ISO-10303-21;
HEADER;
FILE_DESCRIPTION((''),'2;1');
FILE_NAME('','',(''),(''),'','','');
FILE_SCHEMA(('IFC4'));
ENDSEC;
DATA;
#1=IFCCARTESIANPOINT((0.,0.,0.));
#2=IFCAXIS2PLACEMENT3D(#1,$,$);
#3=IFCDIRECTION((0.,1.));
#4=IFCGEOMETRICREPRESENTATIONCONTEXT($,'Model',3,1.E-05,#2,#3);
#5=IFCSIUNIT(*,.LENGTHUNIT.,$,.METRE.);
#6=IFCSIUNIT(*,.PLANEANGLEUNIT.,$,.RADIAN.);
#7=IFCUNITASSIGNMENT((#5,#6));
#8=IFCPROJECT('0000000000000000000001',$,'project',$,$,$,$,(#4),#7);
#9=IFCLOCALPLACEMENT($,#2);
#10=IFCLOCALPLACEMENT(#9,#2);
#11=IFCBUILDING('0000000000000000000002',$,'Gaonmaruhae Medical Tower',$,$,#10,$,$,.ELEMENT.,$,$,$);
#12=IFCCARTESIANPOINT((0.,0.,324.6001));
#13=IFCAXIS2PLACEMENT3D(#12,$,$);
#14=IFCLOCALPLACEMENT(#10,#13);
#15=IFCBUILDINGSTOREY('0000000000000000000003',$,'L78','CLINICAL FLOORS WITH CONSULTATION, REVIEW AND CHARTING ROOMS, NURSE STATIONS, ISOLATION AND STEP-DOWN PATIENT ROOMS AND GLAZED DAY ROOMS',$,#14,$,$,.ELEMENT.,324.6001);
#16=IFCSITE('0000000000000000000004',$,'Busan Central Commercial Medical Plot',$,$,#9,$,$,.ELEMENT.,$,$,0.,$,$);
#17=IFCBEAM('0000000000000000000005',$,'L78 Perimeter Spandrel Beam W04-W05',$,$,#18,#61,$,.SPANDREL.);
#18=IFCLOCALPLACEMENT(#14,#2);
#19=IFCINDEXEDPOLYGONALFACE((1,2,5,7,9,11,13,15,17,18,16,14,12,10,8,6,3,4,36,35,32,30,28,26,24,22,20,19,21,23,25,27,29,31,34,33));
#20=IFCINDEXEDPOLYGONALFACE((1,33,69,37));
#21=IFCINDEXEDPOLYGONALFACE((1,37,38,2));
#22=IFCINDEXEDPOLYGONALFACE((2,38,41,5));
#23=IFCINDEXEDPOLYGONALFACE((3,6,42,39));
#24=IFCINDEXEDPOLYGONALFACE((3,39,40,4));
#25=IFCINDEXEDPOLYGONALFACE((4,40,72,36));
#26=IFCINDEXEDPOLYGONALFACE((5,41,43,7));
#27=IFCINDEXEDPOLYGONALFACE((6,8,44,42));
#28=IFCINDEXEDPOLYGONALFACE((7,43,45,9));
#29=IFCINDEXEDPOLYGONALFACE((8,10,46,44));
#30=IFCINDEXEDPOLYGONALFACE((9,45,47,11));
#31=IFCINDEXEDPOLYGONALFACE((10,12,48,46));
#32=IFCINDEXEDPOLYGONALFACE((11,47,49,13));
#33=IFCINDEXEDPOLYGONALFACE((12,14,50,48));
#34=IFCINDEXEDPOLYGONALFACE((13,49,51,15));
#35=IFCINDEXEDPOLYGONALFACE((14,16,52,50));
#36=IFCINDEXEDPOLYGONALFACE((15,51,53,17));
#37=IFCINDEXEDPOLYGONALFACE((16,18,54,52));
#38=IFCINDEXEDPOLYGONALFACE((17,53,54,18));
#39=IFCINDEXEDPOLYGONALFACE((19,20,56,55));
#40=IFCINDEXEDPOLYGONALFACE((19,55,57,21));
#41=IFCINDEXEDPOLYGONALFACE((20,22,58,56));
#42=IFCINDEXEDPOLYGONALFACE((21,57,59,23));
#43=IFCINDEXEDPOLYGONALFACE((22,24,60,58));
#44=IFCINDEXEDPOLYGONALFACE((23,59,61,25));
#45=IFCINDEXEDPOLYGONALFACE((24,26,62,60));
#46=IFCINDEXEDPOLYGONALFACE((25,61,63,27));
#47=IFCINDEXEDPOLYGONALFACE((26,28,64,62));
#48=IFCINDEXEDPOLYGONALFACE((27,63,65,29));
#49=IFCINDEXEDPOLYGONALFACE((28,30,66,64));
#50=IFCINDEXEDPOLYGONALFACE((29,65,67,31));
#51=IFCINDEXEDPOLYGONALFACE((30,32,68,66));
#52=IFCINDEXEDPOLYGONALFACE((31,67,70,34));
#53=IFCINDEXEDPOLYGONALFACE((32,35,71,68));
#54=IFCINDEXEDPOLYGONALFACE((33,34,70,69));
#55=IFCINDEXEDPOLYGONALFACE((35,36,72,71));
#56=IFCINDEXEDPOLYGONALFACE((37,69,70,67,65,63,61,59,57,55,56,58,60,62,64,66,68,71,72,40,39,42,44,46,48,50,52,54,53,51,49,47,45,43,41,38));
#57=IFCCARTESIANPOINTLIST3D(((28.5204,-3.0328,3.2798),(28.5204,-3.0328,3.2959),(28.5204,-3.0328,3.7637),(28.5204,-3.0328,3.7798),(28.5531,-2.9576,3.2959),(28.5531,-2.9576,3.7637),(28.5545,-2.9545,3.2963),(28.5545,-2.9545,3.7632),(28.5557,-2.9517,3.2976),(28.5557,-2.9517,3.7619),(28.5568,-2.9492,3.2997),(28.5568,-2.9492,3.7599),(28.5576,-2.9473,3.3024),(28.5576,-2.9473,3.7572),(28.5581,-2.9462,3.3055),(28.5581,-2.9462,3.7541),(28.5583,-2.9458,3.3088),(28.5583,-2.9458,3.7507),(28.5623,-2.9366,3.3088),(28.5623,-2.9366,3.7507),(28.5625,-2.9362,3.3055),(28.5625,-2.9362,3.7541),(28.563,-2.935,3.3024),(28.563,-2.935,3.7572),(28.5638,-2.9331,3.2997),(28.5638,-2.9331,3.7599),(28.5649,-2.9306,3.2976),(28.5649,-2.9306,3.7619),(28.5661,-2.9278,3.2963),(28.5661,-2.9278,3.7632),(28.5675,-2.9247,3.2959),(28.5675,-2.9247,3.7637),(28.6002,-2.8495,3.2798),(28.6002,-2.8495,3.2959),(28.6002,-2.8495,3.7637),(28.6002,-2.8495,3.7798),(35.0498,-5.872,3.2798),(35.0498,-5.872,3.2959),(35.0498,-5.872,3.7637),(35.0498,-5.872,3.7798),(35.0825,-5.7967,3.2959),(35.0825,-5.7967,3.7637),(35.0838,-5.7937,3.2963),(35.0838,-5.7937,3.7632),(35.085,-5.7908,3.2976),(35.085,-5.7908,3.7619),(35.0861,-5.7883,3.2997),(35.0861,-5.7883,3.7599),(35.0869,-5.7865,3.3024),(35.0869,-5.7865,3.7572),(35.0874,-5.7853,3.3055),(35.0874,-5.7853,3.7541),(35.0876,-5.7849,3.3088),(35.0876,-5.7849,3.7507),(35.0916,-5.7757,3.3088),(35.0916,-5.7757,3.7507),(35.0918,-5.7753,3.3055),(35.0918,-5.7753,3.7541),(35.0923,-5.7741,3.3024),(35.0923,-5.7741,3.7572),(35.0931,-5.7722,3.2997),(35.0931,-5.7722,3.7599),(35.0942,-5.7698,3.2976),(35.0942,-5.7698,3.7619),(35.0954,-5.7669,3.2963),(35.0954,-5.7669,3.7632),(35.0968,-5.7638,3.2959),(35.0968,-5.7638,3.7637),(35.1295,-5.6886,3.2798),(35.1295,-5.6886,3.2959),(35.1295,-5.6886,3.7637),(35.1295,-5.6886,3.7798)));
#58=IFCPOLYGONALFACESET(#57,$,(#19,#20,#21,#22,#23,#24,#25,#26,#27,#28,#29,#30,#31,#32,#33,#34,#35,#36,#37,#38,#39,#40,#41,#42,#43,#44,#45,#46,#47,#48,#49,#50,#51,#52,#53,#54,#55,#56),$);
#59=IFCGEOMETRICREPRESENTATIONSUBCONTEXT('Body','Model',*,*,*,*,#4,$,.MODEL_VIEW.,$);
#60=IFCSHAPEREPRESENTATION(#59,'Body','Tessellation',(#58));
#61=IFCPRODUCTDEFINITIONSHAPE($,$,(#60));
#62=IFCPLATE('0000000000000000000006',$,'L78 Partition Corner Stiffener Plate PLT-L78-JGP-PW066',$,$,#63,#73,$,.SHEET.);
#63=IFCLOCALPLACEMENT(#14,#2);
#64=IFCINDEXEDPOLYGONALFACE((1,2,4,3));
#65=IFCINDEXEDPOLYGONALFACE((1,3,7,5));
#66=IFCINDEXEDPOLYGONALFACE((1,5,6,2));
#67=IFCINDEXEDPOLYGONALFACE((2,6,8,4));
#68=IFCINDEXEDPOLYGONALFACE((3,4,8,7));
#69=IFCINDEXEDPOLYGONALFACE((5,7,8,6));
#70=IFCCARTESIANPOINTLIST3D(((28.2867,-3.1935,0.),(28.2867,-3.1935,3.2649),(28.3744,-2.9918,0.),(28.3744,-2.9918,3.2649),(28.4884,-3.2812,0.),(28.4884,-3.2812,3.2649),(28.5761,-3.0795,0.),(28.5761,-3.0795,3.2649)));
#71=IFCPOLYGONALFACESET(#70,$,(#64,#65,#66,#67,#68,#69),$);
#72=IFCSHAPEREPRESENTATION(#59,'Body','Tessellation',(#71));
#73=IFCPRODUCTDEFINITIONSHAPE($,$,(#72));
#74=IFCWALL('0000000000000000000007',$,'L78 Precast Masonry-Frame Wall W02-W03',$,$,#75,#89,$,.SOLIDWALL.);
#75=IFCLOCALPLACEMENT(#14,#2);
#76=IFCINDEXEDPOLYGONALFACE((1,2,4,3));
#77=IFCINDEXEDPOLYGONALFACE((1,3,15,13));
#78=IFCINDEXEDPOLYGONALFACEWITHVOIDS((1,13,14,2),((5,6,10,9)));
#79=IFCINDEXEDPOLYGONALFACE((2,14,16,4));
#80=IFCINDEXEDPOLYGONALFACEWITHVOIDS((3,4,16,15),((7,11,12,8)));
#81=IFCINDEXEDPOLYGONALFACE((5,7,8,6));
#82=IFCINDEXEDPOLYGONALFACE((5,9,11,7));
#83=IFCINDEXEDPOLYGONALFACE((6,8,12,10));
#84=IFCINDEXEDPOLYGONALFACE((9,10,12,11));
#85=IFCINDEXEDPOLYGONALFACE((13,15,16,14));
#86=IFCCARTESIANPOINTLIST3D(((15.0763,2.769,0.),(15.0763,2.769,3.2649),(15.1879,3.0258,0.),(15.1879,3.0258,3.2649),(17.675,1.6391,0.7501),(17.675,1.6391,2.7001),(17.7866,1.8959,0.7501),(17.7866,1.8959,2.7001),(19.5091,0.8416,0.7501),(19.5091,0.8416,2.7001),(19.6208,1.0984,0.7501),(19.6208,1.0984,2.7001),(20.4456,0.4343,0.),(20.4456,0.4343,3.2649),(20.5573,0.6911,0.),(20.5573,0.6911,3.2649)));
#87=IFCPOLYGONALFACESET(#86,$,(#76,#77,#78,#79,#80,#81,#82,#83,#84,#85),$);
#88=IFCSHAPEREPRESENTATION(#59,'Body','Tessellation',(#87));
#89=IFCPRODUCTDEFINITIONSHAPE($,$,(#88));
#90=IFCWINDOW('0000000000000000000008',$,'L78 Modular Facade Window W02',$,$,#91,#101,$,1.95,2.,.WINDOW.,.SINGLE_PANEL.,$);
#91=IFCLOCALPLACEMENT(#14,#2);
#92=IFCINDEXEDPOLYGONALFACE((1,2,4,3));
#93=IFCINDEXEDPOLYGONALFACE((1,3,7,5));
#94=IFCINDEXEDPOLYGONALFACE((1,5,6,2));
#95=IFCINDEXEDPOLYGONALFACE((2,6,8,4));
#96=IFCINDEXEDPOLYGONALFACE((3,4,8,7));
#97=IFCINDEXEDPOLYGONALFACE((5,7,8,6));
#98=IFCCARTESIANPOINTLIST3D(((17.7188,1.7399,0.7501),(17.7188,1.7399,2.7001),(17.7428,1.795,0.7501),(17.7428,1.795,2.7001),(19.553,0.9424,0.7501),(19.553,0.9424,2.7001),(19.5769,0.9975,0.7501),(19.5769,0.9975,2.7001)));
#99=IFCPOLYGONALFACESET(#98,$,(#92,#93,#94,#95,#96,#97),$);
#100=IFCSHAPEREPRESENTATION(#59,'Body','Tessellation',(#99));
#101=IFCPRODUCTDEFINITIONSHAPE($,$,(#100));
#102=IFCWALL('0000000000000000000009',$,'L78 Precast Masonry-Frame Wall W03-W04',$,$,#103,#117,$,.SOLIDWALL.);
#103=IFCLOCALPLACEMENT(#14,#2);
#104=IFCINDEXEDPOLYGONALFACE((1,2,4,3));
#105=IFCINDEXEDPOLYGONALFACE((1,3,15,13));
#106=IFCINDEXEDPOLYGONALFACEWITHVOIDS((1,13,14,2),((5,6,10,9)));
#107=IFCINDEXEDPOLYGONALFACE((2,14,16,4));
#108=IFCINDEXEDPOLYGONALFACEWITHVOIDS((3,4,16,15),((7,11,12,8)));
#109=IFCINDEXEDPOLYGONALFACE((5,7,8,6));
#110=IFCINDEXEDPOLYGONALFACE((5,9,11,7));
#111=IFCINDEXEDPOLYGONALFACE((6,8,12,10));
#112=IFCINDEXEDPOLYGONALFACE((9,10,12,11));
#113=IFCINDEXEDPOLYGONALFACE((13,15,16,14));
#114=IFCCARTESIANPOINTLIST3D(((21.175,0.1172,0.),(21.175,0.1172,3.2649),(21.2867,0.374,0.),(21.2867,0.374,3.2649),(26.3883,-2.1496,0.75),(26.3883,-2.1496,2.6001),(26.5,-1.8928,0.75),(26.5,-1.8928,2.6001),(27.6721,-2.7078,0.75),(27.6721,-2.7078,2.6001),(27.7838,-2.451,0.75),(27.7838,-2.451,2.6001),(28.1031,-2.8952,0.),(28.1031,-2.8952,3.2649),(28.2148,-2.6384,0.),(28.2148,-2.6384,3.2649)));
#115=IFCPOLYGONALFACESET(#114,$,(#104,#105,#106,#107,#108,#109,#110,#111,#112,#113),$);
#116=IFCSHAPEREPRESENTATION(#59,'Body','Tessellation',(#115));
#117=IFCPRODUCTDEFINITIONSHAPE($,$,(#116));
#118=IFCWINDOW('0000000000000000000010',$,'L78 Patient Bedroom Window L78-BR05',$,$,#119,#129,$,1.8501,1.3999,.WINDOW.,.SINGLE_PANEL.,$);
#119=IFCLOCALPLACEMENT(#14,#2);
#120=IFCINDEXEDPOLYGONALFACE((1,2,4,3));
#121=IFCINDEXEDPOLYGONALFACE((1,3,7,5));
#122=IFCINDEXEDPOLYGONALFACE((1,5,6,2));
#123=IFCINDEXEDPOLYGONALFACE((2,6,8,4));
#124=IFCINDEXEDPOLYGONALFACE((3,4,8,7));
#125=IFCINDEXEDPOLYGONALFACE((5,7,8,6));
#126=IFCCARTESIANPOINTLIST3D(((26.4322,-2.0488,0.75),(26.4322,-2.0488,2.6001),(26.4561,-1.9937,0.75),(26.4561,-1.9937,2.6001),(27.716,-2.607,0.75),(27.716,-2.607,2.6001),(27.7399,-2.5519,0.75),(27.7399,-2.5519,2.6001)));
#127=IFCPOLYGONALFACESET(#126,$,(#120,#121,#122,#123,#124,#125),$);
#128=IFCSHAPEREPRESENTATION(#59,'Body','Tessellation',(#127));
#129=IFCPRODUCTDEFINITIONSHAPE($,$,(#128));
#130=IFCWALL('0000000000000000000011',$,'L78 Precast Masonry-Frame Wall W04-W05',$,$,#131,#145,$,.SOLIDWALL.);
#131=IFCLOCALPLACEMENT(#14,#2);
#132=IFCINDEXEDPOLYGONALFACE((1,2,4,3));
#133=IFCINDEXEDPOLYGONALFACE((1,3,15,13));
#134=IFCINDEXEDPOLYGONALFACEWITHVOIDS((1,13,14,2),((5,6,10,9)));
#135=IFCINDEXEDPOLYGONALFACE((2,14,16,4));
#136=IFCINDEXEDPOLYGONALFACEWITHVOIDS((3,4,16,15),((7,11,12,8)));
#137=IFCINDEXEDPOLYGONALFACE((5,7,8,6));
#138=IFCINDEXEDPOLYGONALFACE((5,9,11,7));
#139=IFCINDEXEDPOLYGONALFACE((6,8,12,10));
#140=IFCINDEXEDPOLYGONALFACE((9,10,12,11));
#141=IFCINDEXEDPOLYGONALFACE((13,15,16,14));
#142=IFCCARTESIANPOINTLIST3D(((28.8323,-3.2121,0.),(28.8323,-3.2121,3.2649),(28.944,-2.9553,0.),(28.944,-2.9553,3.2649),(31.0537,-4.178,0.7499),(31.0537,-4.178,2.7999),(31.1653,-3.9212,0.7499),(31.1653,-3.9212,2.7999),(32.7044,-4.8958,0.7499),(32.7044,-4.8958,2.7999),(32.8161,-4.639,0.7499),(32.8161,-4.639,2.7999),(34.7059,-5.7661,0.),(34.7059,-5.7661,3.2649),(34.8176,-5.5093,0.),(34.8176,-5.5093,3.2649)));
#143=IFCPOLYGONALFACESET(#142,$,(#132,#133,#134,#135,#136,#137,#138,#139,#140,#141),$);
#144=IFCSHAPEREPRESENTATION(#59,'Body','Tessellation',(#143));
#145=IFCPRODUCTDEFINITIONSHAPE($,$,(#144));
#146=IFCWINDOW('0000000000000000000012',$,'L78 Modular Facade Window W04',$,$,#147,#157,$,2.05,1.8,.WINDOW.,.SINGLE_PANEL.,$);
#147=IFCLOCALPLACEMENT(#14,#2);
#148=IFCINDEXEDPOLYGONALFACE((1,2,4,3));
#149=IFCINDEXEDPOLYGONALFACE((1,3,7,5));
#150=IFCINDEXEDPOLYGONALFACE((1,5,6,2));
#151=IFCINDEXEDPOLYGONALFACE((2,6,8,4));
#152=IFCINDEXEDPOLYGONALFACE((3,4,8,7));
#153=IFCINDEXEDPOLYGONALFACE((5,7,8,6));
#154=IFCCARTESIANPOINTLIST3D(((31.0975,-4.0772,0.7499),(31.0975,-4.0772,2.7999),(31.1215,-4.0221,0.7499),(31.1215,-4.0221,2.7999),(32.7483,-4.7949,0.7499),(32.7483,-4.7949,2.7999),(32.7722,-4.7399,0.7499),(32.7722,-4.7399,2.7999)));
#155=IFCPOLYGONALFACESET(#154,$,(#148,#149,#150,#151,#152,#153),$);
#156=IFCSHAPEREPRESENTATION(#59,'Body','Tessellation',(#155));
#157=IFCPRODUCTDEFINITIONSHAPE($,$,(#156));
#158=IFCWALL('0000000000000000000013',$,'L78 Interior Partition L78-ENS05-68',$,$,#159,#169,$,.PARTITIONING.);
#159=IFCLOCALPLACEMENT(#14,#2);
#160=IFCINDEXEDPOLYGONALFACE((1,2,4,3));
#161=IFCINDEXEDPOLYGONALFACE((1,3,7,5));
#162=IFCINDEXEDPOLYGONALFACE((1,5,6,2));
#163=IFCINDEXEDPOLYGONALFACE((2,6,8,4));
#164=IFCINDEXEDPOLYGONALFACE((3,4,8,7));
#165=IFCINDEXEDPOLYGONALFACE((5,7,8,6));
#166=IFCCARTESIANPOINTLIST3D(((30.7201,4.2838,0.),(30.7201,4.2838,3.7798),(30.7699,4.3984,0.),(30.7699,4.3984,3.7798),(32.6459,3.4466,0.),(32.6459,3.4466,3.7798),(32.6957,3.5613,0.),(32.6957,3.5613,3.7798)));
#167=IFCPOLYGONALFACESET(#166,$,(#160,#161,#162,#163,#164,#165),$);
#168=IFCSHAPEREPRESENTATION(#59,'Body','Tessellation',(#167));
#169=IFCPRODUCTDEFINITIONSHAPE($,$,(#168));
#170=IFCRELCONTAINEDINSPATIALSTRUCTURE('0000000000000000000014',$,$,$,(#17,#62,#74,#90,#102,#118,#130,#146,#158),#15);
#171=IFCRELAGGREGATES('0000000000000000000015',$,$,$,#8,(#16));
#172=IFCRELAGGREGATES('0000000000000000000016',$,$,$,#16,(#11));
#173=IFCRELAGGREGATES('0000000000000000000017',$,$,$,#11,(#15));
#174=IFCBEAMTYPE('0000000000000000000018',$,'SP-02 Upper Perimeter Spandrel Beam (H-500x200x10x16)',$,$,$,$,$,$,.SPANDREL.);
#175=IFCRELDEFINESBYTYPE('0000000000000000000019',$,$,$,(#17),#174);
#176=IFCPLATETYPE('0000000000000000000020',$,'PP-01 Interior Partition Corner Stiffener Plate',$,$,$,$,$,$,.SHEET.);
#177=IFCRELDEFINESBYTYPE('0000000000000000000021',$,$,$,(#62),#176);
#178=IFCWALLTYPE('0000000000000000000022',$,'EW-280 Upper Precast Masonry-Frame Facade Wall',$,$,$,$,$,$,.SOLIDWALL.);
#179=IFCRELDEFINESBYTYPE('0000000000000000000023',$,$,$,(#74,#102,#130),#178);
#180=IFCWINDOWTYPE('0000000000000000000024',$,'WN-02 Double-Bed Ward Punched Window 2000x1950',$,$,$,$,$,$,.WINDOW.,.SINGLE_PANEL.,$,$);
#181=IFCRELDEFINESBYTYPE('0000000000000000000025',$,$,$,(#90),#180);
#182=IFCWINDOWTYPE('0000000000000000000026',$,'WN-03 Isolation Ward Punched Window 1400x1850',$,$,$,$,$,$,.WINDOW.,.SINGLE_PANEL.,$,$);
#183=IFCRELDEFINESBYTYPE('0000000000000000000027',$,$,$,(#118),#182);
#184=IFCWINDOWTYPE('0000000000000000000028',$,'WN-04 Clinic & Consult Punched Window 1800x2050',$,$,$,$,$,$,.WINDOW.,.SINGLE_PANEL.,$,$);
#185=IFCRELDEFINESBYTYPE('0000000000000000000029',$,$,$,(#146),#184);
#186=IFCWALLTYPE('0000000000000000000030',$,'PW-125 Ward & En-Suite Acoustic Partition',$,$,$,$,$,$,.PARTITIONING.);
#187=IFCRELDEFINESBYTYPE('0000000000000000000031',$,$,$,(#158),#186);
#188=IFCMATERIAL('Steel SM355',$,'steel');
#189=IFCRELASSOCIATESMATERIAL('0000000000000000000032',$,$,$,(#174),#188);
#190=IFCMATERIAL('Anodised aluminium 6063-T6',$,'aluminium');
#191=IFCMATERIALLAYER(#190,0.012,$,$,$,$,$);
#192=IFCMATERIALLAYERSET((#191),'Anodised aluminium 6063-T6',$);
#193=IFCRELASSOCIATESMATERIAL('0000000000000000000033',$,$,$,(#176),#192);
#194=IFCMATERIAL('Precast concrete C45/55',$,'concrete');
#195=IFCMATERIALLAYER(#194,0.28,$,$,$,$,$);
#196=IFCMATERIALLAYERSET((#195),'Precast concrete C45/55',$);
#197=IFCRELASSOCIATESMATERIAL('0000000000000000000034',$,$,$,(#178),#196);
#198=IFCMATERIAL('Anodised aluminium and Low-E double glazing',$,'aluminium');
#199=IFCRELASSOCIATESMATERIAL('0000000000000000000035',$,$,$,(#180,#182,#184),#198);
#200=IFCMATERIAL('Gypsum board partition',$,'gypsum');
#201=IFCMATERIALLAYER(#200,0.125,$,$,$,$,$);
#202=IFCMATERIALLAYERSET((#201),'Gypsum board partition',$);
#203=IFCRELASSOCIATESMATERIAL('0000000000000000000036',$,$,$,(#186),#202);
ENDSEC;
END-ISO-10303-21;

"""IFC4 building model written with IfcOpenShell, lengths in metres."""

from ifc_helpers import new_model, si_unit, direction, frame, frame_2d, origin, origin_2d, place, context, subcontext, project, spatial, rectangle, i_section, extrude, material, layer, layer_set, material_profile, profile_set, type_object, element, fill, save


model = new_model("IFC4")

# Units and contexts
model_context = context("Model", 3, precision=1e-05, world=origin(), true_north=direction((0.0, 1.0)))
body_context = subcontext(model_context, "Body", "Model", "MODEL_VIEW")
ifc_project = project(units=[si_unit("LENGTHUNIT", "METRE"), si_unit("PLANEANGLEUNIT", "RADIAN")], contexts=[model_context])

# Site, building, storey
site_placement = place(None, origin())
site = spatial("IfcSite", under=ifc_project, at=site_placement, Name="Busan Central Commercial Medical Plot", CompositionType="ELEMENT", RefElevation=0.0)
building_placement = place(site_placement, origin())
building = spatial("IfcBuilding", under=site, at=building_placement, Name="Gaonmaruhae Medical Tower", CompositionType="ELEMENT")
storey_placement = place(building_placement, frame((0.0, 0.0, 324.6001)))
storey = spatial("IfcBuildingStorey", under=building, at=storey_placement, Name="L78", Description="CLINICAL FLOORS WITH CONSULTATION, REVIEW AND CHARTING ROOMS, NURSE STATIONS, ISOLATION AND STEP-DOWN PATIENT ROOMS AND GLAZED DAY ROOMS", CompositionType="ELEMENT", Elevation=324.6001)

# Beam
ifc_material_1 = material(Name="Steel SM355", Category="steel")
ifc_material_profile_1 = material_profile(ifc_material_1, i_section(OverallWidth=0.2, OverallDepth=0.5, WebThickness=0.01, FlangeThickness=0.0161, FilletRadius=0.0129, at=origin_2d()), Name="H-500x200x10x16")
ifc_profile_set_1 = profile_set([ifc_material_profile_1], Name="Steel SM355")
beam_type_1 = type_object("IfcBeamType", Name="SP-02 Upper Perimeter Spandrel Beam (H-500x200x10x16)", PredefinedType="SPANDREL", material=ifc_profile_set_1)
beam_1_placement = place(storey_placement, frame((28.5603, -2.9412, 3.5298), z_axis=(0.917055, -0.39876, 0.0), x_axis=(0.39876, 0.917055, 0.0)))
element("IfcBeam", 1, at=beam_1_placement, inside=storey, type_object=beam_type_1, Name="L78 Perimeter Spandrel Beam W04-W05", PredefinedType="SPANDREL", context=body_context, shape_type="SweptSolid", body=[
    extrude(i_section(OverallWidth=0.2, OverallDepth=0.5, WebThickness=0.01, FlangeThickness=0.0161, FilletRadius=0.0129, at=origin_2d()), origin(), (0.0, 0.0, 1.0), 7.1199),
])

# Plate
ifc_material_2 = material(Name="Anodised aluminium 6063-T6", Category="aluminium")
ifc_layer_1 = layer(ifc_material_2, 0.012)
ifc_layer_set_1 = layer_set([ifc_layer_1], Name="Anodised aluminium 6063-T6")
plate_type = type_object("IfcPlateType", Name="PP-01 Interior Partition Corner Stiffener Plate", PredefinedType="SHEET", material=ifc_layer_set_1)
plate_placement = place(storey_placement, frame((28.4314, -3.1365, 0.0), z_axis=(0.0, 0.0, 1.0), x_axis=(-0.917053, 0.398765, 0.0)))
element("IfcPlate", 2, at=plate_placement, inside=storey, type_object=plate_type, Name="L78 Partition Corner Stiffener Plate PLT-L78-JGP-PW066", PredefinedType="SHEET", context=body_context, shape_type="SweptSolid", body=[
    extrude(rectangle(XDim=0.22, YDim=0.22, at=origin_2d()), origin(), (0.0, 0.0, 1.0), 3.2649),
])

# Walls, openings, windows
ifc_material_3 = material(Name="Precast concrete C45/55", Category="concrete")
ifc_layer_2 = layer(ifc_material_3, 0.28)
ifc_layer_set_2 = layer_set([ifc_layer_2], Name="Precast concrete C45/55")
wall_type_1 = type_object("IfcWallType", Name="EW-280 Upper Precast Masonry-Frame Facade Wall", PredefinedType="SOLIDWALL", material=ifc_layer_set_2)
wall_1_placement = place(storey_placement, frame((20.5015, 0.5627, 0.0), z_axis=(0.0, 0.0, 1.0), x_axis=(-0.917057, 0.398755, 0.0)))
wall_1 = element("IfcWall", 3, at=wall_1_placement, inside=storey, type_object=wall_type_1, Name="L78 Precast Masonry-Frame Wall W02-W03", PredefinedType="SOLIDWALL", context=body_context, shape_type="SweptSolid", body=[
    extrude(rectangle(XDim=5.855, YDim=0.28, at=frame_2d((2.9275, 0.0))), origin(), (0.0, 0.0, 1.0), 3.2649),
])
opening_1_placement = place(wall_1_placement, frame((1.0212, 0.0, 0.75)))
opening_1 = element("IfcOpeningElement", 4, at=opening_1_placement, cuts=wall_1, PredefinedType="OPENING", context=body_context, shape_type="SweptSolid", body=[
    extrude(rectangle(XDim=2.0, YDim=1.95, at=frame_2d((1.0, 0.9751))), frame((0.0, 0.1499, 0.0), z_axis=(0.0, -1.0, 0.0), x_axis=(1.0, 0.0, 0.0)), (0.0, 0.0, 1.0), 0.3),
])
ifc_material_4 = material(Name="Anodised aluminium and Low-E double glazing", Category="aluminium")
window_type_1 = type_object("IfcWindowType", Name="WN-02 Double-Bed Ward Punched Window 2000x1950", PartitioningType="SINGLE_PANEL", PredefinedType="WINDOW", material=ifc_material_4)
window_1_placement = place(opening_1_placement, origin())
window_1 = element("IfcWindow", 5, at=window_1_placement, inside=storey, type_object=window_type_1, Name="L78 Modular Facade Window W02", OverallHeight=1.95, OverallWidth=2.0, PartitioningType="SINGLE_PANEL", PredefinedType="WINDOW", context=body_context, shape_type="SweptSolid", body=[
    extrude(rectangle(XDim=2.0, YDim=1.95, at=frame_2d((1.0, 0.9751))), frame((0.0, 0.03, 0.0), z_axis=(0.0, -1.0, 0.0), x_axis=(1.0, 0.0, 0.0)), (0.0, 0.0, 1.0), 0.0601),
])
fill(opening_1, window_1)
wall_2_placement = place(storey_placement, frame((28.1589, -2.7668, 0.0), z_axis=(0.0, 0.0, 1.0), x_axis=(-0.917061, 0.398746, 0.0)))
wall_2 = element("IfcWall", 6, at=wall_2_placement, inside=storey, type_object=wall_type_1, Name="L78 Precast Masonry-Frame Wall W03-W04", PredefinedType="SOLIDWALL", context=body_context, shape_type="SweptSolid", body=[
    extrude(rectangle(XDim=7.5547, YDim=0.28, at=frame_2d((3.7773, 0.0))), origin(), (0.0, 0.0, 1.0), 3.2649),
])
opening_2_placement = place(wall_2_placement, frame((0.47, 0.0, 0.75)))
opening_2 = element("IfcOpeningElement", 7, at=opening_2_placement, cuts=wall_2, PredefinedType="OPENING", context=body_context, shape_type="SweptSolid", body=[
    extrude(rectangle(XDim=1.3999, YDim=1.8501, at=frame_2d((0.7, 0.925))), frame((0.0, 0.1499, 0.0), z_axis=(0.0, -1.0, 0.0), x_axis=(1.0, 0.0, 0.0)), (0.0, 0.0, 1.0), 0.3),
])
window_type_2 = type_object("IfcWindowType", Name="WN-03 Isolation Ward Punched Window 1400x1850", PartitioningType="SINGLE_PANEL", PredefinedType="WINDOW", material=ifc_material_4)
window_2_placement = place(opening_2_placement, origin())
window_2 = element("IfcWindow", 8, at=window_2_placement, inside=storey, type_object=window_type_2, Name="L78 Patient Bedroom Window L78-BR05", OverallHeight=1.8501, OverallWidth=1.3999, PartitioningType="SINGLE_PANEL", PredefinedType="WINDOW", context=body_context, shape_type="SweptSolid", body=[
    extrude(rectangle(XDim=1.3999, YDim=1.8501, at=frame_2d((0.7, 0.925))), frame((0.0, 0.03, 0.0), z_axis=(0.0, -1.0, 0.0), x_axis=(1.0, 0.0, 0.0)), (0.0, 0.0, 1.0), 0.0601),
])
fill(opening_2, window_2)
wall_3_placement = place(storey_placement, frame((34.7617, -5.6377, 0.0), z_axis=(0.0, 0.0, 1.0), x_axis=(-0.917056, 0.398758, 0.0)))
wall_3 = element("IfcWall", 9, at=wall_3_placement, inside=storey, type_object=wall_type_1, Name="L78 Precast Masonry-Frame Wall W04-W05", PredefinedType="SOLIDWALL", context=body_context, shape_type="SweptSolid", body=[
    extrude(rectangle(XDim=6.4048, YDim=0.28, at=frame_2d((3.2024, 0.0))), origin(), (0.0, 0.0, 1.0), 3.2649),
])
opening_3_placement = place(wall_3_placement, frame((2.1826, 0.0, 0.75)))
opening_3 = element("IfcOpeningElement", 10, at=opening_3_placement, cuts=wall_3, PredefinedType="OPENING", context=body_context, shape_type="SweptSolid", body=[
    extrude(rectangle(XDim=1.8, YDim=2.05, at=frame_2d((0.8999, 1.0249))), frame((0.0, 0.1499, 0.0), z_axis=(0.0, -1.0, 0.0), x_axis=(1.0, 0.0, 0.0)), (0.0, 0.0, 1.0), 0.3),
])
window_type_3 = type_object("IfcWindowType", Name="WN-04 Clinic & Consult Punched Window 1800x2050", PartitioningType="SINGLE_PANEL", PredefinedType="WINDOW", material=ifc_material_4)
window_3_placement = place(opening_3_placement, origin())
window_3 = element("IfcWindow", 11, at=window_3_placement, inside=storey, type_object=window_type_3, Name="L78 Modular Facade Window W04", OverallHeight=2.05, OverallWidth=1.8, PartitioningType="SINGLE_PANEL", PredefinedType="WINDOW", context=body_context, shape_type="SweptSolid", body=[
    extrude(rectangle(XDim=1.8, YDim=2.05, at=frame_2d((0.8999, 1.0249))), frame((0.0, 0.03, 0.0), z_axis=(0.0, -1.0, 0.0), x_axis=(1.0, 0.0, 0.0)), (0.0, 0.0, 1.0), 0.0601),
])
fill(opening_3, window_3)

# Wall
ifc_material_5 = material(Name="Gypsum board partition", Category="gypsum")
ifc_layer_3 = layer(ifc_material_5, 0.125)
ifc_layer_set_3 = layer_set([ifc_layer_3], Name="Gypsum board partition")
wall_type_2 = type_object("IfcWallType", Name="PW-125 Ward & En-Suite Acoustic Partition", PredefinedType="PARTITIONING", material=ifc_layer_set_3)
wall_4_placement = place(storey_placement, frame((30.7451, 4.3411, 0.0), z_axis=(0.0, 0.0, 1.0), x_axis=(0.917094, -0.398671, 0.0)))
element("IfcWall", 12, at=wall_4_placement, inside=storey, type_object=wall_type_2, Name="L78 Interior Partition L78-ENS05-68", PredefinedType="PARTITIONING", context=body_context, shape_type="SweptSolid", body=[
    extrude(rectangle(XDim=2.0999, YDim=0.125, at=frame_2d((1.0498, 0.0))), origin(), (0.0, 0.0, 1.0), 3.7798),
])

save(model, "model.ifc")
